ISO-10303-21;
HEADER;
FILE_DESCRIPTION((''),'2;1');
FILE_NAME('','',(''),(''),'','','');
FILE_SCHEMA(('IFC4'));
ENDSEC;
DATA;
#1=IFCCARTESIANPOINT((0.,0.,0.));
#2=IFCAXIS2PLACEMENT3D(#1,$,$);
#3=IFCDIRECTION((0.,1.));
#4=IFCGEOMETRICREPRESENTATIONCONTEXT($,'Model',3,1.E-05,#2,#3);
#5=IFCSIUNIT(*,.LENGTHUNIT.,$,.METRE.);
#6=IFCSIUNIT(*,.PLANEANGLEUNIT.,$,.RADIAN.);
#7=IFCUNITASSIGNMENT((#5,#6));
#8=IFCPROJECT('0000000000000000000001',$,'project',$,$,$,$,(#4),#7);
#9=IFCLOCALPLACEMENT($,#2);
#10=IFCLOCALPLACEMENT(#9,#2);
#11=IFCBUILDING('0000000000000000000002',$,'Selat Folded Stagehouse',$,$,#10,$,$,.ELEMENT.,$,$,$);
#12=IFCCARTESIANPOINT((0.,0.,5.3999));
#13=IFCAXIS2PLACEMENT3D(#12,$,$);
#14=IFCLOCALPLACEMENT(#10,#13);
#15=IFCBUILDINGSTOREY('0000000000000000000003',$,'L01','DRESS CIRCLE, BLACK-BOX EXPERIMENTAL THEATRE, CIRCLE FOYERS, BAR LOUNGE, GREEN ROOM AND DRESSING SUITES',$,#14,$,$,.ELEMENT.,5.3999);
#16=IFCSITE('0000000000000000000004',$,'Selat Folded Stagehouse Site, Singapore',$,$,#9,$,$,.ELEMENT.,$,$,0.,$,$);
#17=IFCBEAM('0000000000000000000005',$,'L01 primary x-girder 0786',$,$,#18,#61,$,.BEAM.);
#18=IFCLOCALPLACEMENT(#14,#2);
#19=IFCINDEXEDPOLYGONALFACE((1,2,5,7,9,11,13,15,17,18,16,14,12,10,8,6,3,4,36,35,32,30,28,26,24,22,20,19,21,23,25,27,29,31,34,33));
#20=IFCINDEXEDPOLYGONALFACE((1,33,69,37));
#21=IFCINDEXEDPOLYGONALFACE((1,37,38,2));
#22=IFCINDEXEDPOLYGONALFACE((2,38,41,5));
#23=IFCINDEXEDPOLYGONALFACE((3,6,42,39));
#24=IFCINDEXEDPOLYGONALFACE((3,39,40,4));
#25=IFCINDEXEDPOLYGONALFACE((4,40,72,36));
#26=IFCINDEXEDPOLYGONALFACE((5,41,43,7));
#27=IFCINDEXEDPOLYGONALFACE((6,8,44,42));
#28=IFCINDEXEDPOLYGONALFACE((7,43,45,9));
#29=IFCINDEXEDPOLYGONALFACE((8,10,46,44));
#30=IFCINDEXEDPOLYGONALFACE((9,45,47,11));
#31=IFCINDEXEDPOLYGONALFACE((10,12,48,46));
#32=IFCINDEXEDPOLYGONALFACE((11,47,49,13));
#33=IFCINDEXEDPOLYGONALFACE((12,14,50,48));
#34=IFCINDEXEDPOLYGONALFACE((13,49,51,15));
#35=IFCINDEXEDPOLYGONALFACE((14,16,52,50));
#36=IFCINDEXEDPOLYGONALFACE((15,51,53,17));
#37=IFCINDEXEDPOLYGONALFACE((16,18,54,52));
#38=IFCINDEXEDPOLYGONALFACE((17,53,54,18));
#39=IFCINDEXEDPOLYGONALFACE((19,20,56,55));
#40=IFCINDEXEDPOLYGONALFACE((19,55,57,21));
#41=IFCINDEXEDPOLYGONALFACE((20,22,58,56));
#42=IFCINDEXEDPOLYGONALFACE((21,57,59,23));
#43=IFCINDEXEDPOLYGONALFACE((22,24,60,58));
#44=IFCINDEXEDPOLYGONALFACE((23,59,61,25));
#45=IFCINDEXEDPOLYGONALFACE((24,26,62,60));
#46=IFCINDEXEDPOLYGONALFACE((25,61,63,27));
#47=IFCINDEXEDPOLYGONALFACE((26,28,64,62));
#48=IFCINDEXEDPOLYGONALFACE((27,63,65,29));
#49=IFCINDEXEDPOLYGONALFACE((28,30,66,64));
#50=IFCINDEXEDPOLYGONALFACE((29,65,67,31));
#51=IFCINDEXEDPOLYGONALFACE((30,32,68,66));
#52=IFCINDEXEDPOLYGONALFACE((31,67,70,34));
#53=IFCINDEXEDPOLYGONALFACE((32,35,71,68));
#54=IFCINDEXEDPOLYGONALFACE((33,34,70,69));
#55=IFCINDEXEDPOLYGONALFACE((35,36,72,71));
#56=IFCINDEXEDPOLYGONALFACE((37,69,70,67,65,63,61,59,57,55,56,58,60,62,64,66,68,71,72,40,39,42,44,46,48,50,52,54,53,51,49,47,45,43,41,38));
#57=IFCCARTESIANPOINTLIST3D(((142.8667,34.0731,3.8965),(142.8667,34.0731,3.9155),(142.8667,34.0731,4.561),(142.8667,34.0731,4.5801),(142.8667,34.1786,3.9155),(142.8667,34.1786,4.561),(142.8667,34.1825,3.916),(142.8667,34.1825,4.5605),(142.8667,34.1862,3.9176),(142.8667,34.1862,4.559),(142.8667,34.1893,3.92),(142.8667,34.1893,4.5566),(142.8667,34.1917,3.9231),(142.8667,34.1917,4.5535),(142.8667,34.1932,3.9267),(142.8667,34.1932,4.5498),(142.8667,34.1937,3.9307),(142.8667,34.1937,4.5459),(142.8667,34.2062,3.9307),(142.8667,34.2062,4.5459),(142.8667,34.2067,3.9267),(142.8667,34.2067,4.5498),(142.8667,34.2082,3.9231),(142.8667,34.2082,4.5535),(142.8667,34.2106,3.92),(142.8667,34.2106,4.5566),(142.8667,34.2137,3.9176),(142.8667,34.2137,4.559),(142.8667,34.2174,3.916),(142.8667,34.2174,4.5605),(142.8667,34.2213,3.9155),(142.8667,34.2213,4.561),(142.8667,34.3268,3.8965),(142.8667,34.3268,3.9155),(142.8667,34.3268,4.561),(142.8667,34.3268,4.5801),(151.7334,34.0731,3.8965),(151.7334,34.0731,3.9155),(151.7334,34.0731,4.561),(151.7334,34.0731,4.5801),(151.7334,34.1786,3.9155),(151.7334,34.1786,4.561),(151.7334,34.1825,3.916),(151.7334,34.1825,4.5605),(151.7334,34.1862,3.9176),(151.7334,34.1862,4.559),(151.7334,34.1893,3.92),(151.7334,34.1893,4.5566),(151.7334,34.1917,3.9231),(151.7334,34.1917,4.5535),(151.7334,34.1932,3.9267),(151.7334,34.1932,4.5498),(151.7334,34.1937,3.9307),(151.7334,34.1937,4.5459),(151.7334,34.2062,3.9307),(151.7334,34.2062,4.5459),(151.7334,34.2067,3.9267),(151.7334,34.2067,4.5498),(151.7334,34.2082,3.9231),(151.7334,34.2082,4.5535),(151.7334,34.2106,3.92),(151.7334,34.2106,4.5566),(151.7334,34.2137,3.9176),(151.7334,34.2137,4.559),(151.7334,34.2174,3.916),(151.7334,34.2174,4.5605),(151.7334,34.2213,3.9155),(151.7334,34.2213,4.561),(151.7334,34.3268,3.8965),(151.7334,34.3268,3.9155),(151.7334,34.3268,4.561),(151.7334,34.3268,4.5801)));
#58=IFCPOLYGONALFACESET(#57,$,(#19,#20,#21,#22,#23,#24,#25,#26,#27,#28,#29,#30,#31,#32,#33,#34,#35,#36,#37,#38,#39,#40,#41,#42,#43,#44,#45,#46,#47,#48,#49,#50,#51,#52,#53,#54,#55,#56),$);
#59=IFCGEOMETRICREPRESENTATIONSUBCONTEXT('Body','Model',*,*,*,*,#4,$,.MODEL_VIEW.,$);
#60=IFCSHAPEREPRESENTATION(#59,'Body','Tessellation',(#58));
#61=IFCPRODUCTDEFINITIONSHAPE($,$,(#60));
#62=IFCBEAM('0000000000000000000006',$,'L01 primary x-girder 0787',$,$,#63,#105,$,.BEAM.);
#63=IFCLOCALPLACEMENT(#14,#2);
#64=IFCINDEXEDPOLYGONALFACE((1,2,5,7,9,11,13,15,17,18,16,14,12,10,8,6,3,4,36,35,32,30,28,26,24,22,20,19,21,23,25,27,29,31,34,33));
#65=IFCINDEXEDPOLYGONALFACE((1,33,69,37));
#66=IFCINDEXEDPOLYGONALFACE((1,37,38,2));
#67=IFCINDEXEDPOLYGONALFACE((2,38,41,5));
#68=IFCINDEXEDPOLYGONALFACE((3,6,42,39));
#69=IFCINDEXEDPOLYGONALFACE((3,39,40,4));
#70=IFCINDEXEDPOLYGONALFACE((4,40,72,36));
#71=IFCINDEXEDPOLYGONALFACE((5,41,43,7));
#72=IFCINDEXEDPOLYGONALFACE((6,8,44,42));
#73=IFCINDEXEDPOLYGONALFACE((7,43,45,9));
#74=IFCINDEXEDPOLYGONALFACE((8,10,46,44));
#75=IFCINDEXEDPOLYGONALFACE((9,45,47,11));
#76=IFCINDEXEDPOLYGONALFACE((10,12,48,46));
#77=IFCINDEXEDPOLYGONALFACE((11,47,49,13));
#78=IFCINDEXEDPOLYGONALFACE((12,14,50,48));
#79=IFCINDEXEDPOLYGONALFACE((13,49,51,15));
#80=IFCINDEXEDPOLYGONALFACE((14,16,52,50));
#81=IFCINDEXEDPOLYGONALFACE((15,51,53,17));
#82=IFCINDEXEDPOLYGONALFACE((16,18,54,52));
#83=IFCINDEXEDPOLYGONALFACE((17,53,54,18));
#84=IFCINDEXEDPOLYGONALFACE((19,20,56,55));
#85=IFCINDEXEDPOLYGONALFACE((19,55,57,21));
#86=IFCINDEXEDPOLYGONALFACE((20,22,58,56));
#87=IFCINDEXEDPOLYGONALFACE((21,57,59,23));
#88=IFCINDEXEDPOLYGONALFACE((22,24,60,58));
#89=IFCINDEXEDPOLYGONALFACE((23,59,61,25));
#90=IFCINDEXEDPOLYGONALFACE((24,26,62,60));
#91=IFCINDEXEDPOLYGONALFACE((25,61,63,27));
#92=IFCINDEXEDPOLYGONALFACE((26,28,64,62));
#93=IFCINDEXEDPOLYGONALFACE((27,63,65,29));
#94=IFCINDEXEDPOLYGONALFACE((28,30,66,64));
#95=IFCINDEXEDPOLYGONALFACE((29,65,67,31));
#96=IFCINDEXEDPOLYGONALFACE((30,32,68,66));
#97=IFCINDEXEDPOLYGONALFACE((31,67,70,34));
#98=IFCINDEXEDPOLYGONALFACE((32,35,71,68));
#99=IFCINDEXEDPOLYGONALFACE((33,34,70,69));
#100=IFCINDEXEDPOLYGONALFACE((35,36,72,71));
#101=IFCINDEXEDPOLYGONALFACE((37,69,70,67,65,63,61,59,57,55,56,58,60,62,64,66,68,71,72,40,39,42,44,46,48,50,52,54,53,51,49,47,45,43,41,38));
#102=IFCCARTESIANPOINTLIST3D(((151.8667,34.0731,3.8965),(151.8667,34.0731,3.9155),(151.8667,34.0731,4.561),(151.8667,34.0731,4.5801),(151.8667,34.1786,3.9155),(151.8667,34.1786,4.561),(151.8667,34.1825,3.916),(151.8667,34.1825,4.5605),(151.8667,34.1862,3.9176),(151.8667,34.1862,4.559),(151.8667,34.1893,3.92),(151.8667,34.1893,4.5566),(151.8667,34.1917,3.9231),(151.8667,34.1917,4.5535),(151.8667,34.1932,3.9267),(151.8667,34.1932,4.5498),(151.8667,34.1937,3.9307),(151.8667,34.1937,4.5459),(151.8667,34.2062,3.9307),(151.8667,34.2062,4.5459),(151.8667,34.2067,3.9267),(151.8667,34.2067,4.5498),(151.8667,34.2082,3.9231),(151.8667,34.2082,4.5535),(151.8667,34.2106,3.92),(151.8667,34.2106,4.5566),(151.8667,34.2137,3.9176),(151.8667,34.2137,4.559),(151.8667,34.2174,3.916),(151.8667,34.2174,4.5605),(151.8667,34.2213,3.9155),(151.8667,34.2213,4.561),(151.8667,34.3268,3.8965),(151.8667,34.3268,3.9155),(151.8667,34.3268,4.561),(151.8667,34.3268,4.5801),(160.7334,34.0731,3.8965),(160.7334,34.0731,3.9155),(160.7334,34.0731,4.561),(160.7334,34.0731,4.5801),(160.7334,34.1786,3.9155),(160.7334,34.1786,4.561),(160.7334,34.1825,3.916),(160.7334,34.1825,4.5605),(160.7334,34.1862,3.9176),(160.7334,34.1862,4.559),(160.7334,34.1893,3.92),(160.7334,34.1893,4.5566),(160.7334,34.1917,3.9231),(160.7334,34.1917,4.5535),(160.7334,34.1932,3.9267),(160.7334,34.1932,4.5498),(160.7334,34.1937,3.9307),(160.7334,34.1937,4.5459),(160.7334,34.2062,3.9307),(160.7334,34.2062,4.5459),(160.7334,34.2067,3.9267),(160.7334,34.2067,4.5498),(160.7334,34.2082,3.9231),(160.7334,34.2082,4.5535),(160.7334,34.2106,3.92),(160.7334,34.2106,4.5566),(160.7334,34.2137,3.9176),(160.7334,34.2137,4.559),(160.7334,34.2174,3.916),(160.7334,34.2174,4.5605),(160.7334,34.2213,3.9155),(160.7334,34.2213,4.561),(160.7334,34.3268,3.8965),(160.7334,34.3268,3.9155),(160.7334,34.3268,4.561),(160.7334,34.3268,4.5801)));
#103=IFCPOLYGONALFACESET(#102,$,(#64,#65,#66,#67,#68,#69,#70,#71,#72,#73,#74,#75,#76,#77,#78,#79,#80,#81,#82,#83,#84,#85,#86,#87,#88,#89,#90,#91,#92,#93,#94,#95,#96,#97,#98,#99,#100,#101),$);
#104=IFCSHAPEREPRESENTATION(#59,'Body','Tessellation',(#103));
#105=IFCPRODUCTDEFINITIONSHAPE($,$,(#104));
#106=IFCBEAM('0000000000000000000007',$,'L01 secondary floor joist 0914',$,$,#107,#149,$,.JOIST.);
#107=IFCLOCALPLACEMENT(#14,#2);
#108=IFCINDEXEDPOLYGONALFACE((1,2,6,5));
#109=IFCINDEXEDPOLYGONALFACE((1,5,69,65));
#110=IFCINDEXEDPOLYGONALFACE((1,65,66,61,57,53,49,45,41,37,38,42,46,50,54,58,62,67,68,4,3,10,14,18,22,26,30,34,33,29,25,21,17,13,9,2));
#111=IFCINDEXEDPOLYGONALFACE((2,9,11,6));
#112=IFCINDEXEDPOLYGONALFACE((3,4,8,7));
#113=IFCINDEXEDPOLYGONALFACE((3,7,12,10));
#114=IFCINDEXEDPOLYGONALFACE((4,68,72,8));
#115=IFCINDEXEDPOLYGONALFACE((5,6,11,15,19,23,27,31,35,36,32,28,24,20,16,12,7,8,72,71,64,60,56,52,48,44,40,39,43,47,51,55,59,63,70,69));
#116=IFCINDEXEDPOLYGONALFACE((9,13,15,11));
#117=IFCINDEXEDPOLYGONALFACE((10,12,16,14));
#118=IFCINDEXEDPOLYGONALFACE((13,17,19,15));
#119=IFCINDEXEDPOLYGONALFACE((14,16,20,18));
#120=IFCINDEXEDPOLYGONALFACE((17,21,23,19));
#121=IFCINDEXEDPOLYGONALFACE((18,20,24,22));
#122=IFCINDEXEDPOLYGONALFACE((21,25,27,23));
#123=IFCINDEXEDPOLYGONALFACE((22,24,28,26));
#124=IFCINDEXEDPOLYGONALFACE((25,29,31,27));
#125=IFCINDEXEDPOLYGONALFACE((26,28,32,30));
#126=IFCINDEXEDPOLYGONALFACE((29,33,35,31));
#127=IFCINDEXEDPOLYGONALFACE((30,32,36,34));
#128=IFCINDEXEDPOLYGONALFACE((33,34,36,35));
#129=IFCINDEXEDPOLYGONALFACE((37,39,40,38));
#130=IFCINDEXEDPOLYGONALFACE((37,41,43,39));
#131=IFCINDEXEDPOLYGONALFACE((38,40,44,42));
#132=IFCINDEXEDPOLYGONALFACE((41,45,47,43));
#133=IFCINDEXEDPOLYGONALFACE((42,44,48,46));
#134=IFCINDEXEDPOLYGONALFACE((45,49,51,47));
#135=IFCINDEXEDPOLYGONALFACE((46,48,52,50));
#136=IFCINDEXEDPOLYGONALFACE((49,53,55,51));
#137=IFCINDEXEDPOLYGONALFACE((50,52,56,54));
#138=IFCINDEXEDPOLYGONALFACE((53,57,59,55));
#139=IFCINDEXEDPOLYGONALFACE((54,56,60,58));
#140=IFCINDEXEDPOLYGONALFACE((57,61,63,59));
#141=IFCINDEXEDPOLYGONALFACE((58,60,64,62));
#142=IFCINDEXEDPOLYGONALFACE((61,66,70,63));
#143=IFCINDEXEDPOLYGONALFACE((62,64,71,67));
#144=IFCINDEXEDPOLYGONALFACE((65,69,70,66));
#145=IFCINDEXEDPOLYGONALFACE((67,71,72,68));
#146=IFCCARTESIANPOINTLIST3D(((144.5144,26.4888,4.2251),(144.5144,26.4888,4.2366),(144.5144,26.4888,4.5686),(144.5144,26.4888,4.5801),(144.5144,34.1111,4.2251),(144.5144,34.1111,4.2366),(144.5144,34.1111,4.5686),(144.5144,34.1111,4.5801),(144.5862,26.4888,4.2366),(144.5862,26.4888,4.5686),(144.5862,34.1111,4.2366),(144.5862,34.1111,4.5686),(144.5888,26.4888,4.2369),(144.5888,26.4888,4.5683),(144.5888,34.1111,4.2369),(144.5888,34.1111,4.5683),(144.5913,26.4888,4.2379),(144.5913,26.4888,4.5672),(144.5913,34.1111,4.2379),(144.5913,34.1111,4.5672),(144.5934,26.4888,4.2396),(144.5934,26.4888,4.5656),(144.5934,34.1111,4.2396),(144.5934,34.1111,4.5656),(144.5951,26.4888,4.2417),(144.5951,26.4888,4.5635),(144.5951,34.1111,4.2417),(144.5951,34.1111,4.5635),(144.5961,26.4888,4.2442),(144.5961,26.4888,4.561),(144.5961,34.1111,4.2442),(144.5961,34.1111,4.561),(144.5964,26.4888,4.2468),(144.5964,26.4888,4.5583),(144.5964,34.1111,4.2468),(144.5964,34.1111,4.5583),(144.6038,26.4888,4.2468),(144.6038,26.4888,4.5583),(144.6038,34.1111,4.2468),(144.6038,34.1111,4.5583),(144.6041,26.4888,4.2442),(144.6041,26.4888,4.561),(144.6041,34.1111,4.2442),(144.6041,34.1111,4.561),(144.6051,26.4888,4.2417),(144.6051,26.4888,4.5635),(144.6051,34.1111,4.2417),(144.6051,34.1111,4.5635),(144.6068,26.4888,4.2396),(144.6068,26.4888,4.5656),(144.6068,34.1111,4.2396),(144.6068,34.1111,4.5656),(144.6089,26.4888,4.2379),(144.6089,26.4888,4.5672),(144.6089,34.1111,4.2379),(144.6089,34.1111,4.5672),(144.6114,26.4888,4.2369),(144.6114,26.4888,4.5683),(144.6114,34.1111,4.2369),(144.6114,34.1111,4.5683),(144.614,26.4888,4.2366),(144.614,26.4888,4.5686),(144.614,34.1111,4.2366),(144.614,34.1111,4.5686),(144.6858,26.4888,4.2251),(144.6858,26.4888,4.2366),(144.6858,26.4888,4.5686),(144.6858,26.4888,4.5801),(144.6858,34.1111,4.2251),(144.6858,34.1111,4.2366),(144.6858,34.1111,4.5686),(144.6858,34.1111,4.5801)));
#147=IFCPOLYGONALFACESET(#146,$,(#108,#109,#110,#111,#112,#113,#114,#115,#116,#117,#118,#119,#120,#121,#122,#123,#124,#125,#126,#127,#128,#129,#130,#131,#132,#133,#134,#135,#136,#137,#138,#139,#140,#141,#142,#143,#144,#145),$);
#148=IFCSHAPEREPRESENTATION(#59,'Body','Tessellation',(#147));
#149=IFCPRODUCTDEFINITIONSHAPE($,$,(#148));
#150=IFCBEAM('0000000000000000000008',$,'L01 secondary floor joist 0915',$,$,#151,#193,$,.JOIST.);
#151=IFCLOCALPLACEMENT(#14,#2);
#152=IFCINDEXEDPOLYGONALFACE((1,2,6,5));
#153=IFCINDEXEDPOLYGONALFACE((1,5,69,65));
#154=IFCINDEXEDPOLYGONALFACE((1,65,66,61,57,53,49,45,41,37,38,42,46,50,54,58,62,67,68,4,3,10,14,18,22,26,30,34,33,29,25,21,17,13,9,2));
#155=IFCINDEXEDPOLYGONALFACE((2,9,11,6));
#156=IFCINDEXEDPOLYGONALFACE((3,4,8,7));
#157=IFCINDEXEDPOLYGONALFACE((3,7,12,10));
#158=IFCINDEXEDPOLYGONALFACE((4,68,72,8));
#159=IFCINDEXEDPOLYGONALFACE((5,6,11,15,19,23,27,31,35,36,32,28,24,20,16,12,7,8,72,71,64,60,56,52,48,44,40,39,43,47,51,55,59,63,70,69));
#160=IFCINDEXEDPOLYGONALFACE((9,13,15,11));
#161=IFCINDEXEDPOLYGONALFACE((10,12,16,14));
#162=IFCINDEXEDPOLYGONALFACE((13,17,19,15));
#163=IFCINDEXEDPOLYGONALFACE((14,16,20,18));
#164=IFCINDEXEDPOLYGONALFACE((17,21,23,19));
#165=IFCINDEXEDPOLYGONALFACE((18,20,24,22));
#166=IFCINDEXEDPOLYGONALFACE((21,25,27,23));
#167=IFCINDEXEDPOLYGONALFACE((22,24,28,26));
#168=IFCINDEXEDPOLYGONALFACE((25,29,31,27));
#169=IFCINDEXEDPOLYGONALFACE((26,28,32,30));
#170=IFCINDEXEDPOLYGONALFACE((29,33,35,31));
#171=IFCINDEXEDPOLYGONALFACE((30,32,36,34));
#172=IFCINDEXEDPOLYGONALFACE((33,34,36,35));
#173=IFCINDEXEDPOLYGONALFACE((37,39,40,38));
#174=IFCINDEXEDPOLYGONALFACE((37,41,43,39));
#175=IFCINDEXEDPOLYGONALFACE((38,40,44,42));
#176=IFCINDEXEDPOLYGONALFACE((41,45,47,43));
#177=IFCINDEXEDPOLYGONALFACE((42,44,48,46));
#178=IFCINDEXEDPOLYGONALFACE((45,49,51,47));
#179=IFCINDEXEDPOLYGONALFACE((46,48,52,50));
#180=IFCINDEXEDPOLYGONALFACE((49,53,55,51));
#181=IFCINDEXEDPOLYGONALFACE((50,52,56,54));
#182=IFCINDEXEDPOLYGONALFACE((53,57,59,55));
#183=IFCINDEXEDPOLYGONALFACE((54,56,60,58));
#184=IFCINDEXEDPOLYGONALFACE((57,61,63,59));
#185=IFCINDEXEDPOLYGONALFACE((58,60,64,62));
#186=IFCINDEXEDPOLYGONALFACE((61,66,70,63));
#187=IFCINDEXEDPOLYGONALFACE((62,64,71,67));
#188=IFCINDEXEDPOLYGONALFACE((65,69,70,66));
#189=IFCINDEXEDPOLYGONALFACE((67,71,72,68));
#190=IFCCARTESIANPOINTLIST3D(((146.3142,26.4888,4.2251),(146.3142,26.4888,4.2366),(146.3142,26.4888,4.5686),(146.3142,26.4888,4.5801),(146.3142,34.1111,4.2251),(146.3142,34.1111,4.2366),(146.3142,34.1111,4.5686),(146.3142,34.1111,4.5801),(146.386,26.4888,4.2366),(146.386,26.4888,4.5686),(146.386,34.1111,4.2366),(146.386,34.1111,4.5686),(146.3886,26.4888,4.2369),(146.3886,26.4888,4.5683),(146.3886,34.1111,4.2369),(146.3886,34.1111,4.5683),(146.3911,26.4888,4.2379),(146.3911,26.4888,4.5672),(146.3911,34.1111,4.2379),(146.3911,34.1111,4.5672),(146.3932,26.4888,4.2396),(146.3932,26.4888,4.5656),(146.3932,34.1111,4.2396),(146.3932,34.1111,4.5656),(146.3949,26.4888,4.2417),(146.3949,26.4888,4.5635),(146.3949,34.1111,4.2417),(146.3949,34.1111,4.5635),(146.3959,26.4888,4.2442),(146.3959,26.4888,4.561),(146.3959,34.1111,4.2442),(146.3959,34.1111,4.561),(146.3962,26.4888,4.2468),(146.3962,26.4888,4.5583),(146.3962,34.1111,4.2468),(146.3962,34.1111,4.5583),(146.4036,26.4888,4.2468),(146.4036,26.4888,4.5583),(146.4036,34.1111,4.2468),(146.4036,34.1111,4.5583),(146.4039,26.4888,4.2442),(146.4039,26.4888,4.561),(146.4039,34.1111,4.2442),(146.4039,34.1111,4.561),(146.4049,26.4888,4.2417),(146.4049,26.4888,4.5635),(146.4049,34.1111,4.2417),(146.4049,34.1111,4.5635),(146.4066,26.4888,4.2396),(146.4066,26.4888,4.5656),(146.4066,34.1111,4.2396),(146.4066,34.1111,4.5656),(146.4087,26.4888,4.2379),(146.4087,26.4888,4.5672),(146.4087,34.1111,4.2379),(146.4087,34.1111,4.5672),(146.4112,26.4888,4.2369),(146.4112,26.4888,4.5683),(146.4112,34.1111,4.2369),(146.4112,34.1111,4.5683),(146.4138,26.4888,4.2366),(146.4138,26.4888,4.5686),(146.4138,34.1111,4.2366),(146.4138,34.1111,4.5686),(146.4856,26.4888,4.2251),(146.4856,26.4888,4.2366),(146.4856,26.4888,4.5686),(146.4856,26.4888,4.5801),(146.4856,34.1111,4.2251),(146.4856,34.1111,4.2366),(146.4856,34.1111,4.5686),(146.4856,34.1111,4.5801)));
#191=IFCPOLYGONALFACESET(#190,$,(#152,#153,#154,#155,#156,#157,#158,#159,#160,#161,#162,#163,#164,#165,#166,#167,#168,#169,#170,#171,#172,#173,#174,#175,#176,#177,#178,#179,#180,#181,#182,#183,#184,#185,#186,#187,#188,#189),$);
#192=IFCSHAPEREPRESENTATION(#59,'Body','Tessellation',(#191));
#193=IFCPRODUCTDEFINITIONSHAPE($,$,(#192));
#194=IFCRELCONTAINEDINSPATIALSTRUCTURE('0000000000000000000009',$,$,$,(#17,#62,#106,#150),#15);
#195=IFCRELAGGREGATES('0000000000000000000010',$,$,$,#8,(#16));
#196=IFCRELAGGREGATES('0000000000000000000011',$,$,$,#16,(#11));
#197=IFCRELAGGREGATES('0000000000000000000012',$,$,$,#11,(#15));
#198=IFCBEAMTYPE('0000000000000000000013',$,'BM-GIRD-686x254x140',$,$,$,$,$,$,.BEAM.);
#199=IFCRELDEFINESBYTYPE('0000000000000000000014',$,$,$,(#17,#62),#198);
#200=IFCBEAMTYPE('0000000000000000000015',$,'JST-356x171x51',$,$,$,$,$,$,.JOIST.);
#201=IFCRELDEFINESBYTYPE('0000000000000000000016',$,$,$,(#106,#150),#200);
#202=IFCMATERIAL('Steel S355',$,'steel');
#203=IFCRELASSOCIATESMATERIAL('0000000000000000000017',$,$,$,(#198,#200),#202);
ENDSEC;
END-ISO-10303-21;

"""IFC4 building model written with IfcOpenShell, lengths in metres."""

from ifc_helpers import new_model, si_unit, direction, frame, origin, origin_2d, place, context, subcontext, project, spatial, i_section, extrude, material, material_profile, profile_set, type_object, element, save


model = new_model("IFC4")

# Units and contexts
model_context = context("Model", 3, precision=1e-05, world=origin(), true_north=direction((0.0, 1.0)))
body_context = subcontext(model_context, "Body", "Model", "MODEL_VIEW")
ifc_project = project(units=[si_unit("LENGTHUNIT", "METRE"), si_unit("PLANEANGLEUNIT", "RADIAN")], contexts=[model_context])

# Site, building, storey
site_placement = place(None, origin())
site = spatial("IfcSite", under=ifc_project, at=site_placement, Name="Selat Folded Stagehouse Site, Singapore", CompositionType="ELEMENT", RefElevation=0.0)
building_placement = place(site_placement, origin())
building = spatial("IfcBuilding", under=site, at=building_placement, Name="Selat Folded Stagehouse", CompositionType="ELEMENT")
storey_placement = place(building_placement, frame((0.0, 0.0, 5.3999)))
storey = spatial("IfcBuildingStorey", under=building, at=storey_placement, Name="L01", Description="DRESS CIRCLE, BLACK-BOX EXPERIMENTAL THEATRE, CIRCLE FOYERS, BAR LOUNGE, GREEN ROOM AND DRESSING SUITES", CompositionType="ELEMENT", Elevation=5.3999)

# Shared definitions
ifc_material_1 = material(Name="Steel S355", Category="steel")

# Beams
ifc_material_profile_1 = material_profile(ifc_material_1, i_section(OverallWidth=0.2537, OverallDepth=0.6836, WebThickness=0.0125, FlangeThickness=0.019, FilletRadius=0.0151, at=origin_2d()), Name="UKB 686x254x140")
ifc_profile_set_1 = profile_set([ifc_material_profile_1], Name="Steel S355")
beam_type_1 = type_object("IfcBeamType", Name="BM-GIRD-686x254x140", PredefinedType="BEAM", material=ifc_profile_set_1)
for number, where, z_axis, x_axis, name in (
    (1, (142.8667, 34.2, 4.2383), (1.0, 0.0, 0.0), (0.0, 1.0, 0.0), "L01 primary x-girder 0786"),
    (2, (151.8667, 34.2, 4.2383), (1.0, 0.0, 0.0), (0.0, 1.0, 0.0), "L01 primary x-girder 0787"),
):
    element("IfcBeam", number, at=place(storey_placement, frame(where, z_axis=z_axis, x_axis=x_axis)), inside=storey, type_object=beam_type_1, Name=name, PredefinedType="BEAM", context=body_context, shape_type="SweptSolid", body=[
        extrude(i_section(OverallWidth=0.2537, OverallDepth=0.6836, WebThickness=0.0125, FlangeThickness=0.019, FilletRadius=0.0151, at=origin_2d()), origin(), (0.0, 0.0, 1.0), 8.8667),
    ])
ifc_material_profile_2 = material_profile(ifc_material_1, i_section(OverallWidth=0.1714, OverallDepth=0.355, WebThickness=0.0073, FlangeThickness=0.0115, FilletRadius=0.0103, at=origin_2d()), Name="UKB 356x171x51")
ifc_profile_set_2 = profile_set([ifc_material_profile_2], Name="Steel S355")
beam_type_2 = type_object("IfcBeamType", Name="JST-356x171x51", PredefinedType="JOIST", material=ifc_profile_set_2)
for number, where, z_axis, x_axis, name in (
    (3, (144.6001, 26.4888, 4.4026), (0.0, 1.0, 0.0), (-1.0, 0.0, 0.0), "L01 secondary floor joist 0914"),
    (4, (146.3999, 26.4888, 4.4026), (0.0, 1.0, 0.0), (-1.0, 0.0, 0.0), "L01 secondary floor joist 0915"),
):
    element("IfcBeam", number, at=place(storey_placement, frame(where, z_axis=z_axis, x_axis=x_axis)), inside=storey, type_object=beam_type_2, Name=name, PredefinedType="JOIST", context=body_context, shape_type="SweptSolid", body=[
        extrude(i_section(OverallWidth=0.1714, OverallDepth=0.355, WebThickness=0.0073, FlangeThickness=0.0115, FilletRadius=0.0103, at=origin_2d()), origin(), (0.0, 0.0, 1.0), 7.6223),
    ])

save(model, "model.ifc")
